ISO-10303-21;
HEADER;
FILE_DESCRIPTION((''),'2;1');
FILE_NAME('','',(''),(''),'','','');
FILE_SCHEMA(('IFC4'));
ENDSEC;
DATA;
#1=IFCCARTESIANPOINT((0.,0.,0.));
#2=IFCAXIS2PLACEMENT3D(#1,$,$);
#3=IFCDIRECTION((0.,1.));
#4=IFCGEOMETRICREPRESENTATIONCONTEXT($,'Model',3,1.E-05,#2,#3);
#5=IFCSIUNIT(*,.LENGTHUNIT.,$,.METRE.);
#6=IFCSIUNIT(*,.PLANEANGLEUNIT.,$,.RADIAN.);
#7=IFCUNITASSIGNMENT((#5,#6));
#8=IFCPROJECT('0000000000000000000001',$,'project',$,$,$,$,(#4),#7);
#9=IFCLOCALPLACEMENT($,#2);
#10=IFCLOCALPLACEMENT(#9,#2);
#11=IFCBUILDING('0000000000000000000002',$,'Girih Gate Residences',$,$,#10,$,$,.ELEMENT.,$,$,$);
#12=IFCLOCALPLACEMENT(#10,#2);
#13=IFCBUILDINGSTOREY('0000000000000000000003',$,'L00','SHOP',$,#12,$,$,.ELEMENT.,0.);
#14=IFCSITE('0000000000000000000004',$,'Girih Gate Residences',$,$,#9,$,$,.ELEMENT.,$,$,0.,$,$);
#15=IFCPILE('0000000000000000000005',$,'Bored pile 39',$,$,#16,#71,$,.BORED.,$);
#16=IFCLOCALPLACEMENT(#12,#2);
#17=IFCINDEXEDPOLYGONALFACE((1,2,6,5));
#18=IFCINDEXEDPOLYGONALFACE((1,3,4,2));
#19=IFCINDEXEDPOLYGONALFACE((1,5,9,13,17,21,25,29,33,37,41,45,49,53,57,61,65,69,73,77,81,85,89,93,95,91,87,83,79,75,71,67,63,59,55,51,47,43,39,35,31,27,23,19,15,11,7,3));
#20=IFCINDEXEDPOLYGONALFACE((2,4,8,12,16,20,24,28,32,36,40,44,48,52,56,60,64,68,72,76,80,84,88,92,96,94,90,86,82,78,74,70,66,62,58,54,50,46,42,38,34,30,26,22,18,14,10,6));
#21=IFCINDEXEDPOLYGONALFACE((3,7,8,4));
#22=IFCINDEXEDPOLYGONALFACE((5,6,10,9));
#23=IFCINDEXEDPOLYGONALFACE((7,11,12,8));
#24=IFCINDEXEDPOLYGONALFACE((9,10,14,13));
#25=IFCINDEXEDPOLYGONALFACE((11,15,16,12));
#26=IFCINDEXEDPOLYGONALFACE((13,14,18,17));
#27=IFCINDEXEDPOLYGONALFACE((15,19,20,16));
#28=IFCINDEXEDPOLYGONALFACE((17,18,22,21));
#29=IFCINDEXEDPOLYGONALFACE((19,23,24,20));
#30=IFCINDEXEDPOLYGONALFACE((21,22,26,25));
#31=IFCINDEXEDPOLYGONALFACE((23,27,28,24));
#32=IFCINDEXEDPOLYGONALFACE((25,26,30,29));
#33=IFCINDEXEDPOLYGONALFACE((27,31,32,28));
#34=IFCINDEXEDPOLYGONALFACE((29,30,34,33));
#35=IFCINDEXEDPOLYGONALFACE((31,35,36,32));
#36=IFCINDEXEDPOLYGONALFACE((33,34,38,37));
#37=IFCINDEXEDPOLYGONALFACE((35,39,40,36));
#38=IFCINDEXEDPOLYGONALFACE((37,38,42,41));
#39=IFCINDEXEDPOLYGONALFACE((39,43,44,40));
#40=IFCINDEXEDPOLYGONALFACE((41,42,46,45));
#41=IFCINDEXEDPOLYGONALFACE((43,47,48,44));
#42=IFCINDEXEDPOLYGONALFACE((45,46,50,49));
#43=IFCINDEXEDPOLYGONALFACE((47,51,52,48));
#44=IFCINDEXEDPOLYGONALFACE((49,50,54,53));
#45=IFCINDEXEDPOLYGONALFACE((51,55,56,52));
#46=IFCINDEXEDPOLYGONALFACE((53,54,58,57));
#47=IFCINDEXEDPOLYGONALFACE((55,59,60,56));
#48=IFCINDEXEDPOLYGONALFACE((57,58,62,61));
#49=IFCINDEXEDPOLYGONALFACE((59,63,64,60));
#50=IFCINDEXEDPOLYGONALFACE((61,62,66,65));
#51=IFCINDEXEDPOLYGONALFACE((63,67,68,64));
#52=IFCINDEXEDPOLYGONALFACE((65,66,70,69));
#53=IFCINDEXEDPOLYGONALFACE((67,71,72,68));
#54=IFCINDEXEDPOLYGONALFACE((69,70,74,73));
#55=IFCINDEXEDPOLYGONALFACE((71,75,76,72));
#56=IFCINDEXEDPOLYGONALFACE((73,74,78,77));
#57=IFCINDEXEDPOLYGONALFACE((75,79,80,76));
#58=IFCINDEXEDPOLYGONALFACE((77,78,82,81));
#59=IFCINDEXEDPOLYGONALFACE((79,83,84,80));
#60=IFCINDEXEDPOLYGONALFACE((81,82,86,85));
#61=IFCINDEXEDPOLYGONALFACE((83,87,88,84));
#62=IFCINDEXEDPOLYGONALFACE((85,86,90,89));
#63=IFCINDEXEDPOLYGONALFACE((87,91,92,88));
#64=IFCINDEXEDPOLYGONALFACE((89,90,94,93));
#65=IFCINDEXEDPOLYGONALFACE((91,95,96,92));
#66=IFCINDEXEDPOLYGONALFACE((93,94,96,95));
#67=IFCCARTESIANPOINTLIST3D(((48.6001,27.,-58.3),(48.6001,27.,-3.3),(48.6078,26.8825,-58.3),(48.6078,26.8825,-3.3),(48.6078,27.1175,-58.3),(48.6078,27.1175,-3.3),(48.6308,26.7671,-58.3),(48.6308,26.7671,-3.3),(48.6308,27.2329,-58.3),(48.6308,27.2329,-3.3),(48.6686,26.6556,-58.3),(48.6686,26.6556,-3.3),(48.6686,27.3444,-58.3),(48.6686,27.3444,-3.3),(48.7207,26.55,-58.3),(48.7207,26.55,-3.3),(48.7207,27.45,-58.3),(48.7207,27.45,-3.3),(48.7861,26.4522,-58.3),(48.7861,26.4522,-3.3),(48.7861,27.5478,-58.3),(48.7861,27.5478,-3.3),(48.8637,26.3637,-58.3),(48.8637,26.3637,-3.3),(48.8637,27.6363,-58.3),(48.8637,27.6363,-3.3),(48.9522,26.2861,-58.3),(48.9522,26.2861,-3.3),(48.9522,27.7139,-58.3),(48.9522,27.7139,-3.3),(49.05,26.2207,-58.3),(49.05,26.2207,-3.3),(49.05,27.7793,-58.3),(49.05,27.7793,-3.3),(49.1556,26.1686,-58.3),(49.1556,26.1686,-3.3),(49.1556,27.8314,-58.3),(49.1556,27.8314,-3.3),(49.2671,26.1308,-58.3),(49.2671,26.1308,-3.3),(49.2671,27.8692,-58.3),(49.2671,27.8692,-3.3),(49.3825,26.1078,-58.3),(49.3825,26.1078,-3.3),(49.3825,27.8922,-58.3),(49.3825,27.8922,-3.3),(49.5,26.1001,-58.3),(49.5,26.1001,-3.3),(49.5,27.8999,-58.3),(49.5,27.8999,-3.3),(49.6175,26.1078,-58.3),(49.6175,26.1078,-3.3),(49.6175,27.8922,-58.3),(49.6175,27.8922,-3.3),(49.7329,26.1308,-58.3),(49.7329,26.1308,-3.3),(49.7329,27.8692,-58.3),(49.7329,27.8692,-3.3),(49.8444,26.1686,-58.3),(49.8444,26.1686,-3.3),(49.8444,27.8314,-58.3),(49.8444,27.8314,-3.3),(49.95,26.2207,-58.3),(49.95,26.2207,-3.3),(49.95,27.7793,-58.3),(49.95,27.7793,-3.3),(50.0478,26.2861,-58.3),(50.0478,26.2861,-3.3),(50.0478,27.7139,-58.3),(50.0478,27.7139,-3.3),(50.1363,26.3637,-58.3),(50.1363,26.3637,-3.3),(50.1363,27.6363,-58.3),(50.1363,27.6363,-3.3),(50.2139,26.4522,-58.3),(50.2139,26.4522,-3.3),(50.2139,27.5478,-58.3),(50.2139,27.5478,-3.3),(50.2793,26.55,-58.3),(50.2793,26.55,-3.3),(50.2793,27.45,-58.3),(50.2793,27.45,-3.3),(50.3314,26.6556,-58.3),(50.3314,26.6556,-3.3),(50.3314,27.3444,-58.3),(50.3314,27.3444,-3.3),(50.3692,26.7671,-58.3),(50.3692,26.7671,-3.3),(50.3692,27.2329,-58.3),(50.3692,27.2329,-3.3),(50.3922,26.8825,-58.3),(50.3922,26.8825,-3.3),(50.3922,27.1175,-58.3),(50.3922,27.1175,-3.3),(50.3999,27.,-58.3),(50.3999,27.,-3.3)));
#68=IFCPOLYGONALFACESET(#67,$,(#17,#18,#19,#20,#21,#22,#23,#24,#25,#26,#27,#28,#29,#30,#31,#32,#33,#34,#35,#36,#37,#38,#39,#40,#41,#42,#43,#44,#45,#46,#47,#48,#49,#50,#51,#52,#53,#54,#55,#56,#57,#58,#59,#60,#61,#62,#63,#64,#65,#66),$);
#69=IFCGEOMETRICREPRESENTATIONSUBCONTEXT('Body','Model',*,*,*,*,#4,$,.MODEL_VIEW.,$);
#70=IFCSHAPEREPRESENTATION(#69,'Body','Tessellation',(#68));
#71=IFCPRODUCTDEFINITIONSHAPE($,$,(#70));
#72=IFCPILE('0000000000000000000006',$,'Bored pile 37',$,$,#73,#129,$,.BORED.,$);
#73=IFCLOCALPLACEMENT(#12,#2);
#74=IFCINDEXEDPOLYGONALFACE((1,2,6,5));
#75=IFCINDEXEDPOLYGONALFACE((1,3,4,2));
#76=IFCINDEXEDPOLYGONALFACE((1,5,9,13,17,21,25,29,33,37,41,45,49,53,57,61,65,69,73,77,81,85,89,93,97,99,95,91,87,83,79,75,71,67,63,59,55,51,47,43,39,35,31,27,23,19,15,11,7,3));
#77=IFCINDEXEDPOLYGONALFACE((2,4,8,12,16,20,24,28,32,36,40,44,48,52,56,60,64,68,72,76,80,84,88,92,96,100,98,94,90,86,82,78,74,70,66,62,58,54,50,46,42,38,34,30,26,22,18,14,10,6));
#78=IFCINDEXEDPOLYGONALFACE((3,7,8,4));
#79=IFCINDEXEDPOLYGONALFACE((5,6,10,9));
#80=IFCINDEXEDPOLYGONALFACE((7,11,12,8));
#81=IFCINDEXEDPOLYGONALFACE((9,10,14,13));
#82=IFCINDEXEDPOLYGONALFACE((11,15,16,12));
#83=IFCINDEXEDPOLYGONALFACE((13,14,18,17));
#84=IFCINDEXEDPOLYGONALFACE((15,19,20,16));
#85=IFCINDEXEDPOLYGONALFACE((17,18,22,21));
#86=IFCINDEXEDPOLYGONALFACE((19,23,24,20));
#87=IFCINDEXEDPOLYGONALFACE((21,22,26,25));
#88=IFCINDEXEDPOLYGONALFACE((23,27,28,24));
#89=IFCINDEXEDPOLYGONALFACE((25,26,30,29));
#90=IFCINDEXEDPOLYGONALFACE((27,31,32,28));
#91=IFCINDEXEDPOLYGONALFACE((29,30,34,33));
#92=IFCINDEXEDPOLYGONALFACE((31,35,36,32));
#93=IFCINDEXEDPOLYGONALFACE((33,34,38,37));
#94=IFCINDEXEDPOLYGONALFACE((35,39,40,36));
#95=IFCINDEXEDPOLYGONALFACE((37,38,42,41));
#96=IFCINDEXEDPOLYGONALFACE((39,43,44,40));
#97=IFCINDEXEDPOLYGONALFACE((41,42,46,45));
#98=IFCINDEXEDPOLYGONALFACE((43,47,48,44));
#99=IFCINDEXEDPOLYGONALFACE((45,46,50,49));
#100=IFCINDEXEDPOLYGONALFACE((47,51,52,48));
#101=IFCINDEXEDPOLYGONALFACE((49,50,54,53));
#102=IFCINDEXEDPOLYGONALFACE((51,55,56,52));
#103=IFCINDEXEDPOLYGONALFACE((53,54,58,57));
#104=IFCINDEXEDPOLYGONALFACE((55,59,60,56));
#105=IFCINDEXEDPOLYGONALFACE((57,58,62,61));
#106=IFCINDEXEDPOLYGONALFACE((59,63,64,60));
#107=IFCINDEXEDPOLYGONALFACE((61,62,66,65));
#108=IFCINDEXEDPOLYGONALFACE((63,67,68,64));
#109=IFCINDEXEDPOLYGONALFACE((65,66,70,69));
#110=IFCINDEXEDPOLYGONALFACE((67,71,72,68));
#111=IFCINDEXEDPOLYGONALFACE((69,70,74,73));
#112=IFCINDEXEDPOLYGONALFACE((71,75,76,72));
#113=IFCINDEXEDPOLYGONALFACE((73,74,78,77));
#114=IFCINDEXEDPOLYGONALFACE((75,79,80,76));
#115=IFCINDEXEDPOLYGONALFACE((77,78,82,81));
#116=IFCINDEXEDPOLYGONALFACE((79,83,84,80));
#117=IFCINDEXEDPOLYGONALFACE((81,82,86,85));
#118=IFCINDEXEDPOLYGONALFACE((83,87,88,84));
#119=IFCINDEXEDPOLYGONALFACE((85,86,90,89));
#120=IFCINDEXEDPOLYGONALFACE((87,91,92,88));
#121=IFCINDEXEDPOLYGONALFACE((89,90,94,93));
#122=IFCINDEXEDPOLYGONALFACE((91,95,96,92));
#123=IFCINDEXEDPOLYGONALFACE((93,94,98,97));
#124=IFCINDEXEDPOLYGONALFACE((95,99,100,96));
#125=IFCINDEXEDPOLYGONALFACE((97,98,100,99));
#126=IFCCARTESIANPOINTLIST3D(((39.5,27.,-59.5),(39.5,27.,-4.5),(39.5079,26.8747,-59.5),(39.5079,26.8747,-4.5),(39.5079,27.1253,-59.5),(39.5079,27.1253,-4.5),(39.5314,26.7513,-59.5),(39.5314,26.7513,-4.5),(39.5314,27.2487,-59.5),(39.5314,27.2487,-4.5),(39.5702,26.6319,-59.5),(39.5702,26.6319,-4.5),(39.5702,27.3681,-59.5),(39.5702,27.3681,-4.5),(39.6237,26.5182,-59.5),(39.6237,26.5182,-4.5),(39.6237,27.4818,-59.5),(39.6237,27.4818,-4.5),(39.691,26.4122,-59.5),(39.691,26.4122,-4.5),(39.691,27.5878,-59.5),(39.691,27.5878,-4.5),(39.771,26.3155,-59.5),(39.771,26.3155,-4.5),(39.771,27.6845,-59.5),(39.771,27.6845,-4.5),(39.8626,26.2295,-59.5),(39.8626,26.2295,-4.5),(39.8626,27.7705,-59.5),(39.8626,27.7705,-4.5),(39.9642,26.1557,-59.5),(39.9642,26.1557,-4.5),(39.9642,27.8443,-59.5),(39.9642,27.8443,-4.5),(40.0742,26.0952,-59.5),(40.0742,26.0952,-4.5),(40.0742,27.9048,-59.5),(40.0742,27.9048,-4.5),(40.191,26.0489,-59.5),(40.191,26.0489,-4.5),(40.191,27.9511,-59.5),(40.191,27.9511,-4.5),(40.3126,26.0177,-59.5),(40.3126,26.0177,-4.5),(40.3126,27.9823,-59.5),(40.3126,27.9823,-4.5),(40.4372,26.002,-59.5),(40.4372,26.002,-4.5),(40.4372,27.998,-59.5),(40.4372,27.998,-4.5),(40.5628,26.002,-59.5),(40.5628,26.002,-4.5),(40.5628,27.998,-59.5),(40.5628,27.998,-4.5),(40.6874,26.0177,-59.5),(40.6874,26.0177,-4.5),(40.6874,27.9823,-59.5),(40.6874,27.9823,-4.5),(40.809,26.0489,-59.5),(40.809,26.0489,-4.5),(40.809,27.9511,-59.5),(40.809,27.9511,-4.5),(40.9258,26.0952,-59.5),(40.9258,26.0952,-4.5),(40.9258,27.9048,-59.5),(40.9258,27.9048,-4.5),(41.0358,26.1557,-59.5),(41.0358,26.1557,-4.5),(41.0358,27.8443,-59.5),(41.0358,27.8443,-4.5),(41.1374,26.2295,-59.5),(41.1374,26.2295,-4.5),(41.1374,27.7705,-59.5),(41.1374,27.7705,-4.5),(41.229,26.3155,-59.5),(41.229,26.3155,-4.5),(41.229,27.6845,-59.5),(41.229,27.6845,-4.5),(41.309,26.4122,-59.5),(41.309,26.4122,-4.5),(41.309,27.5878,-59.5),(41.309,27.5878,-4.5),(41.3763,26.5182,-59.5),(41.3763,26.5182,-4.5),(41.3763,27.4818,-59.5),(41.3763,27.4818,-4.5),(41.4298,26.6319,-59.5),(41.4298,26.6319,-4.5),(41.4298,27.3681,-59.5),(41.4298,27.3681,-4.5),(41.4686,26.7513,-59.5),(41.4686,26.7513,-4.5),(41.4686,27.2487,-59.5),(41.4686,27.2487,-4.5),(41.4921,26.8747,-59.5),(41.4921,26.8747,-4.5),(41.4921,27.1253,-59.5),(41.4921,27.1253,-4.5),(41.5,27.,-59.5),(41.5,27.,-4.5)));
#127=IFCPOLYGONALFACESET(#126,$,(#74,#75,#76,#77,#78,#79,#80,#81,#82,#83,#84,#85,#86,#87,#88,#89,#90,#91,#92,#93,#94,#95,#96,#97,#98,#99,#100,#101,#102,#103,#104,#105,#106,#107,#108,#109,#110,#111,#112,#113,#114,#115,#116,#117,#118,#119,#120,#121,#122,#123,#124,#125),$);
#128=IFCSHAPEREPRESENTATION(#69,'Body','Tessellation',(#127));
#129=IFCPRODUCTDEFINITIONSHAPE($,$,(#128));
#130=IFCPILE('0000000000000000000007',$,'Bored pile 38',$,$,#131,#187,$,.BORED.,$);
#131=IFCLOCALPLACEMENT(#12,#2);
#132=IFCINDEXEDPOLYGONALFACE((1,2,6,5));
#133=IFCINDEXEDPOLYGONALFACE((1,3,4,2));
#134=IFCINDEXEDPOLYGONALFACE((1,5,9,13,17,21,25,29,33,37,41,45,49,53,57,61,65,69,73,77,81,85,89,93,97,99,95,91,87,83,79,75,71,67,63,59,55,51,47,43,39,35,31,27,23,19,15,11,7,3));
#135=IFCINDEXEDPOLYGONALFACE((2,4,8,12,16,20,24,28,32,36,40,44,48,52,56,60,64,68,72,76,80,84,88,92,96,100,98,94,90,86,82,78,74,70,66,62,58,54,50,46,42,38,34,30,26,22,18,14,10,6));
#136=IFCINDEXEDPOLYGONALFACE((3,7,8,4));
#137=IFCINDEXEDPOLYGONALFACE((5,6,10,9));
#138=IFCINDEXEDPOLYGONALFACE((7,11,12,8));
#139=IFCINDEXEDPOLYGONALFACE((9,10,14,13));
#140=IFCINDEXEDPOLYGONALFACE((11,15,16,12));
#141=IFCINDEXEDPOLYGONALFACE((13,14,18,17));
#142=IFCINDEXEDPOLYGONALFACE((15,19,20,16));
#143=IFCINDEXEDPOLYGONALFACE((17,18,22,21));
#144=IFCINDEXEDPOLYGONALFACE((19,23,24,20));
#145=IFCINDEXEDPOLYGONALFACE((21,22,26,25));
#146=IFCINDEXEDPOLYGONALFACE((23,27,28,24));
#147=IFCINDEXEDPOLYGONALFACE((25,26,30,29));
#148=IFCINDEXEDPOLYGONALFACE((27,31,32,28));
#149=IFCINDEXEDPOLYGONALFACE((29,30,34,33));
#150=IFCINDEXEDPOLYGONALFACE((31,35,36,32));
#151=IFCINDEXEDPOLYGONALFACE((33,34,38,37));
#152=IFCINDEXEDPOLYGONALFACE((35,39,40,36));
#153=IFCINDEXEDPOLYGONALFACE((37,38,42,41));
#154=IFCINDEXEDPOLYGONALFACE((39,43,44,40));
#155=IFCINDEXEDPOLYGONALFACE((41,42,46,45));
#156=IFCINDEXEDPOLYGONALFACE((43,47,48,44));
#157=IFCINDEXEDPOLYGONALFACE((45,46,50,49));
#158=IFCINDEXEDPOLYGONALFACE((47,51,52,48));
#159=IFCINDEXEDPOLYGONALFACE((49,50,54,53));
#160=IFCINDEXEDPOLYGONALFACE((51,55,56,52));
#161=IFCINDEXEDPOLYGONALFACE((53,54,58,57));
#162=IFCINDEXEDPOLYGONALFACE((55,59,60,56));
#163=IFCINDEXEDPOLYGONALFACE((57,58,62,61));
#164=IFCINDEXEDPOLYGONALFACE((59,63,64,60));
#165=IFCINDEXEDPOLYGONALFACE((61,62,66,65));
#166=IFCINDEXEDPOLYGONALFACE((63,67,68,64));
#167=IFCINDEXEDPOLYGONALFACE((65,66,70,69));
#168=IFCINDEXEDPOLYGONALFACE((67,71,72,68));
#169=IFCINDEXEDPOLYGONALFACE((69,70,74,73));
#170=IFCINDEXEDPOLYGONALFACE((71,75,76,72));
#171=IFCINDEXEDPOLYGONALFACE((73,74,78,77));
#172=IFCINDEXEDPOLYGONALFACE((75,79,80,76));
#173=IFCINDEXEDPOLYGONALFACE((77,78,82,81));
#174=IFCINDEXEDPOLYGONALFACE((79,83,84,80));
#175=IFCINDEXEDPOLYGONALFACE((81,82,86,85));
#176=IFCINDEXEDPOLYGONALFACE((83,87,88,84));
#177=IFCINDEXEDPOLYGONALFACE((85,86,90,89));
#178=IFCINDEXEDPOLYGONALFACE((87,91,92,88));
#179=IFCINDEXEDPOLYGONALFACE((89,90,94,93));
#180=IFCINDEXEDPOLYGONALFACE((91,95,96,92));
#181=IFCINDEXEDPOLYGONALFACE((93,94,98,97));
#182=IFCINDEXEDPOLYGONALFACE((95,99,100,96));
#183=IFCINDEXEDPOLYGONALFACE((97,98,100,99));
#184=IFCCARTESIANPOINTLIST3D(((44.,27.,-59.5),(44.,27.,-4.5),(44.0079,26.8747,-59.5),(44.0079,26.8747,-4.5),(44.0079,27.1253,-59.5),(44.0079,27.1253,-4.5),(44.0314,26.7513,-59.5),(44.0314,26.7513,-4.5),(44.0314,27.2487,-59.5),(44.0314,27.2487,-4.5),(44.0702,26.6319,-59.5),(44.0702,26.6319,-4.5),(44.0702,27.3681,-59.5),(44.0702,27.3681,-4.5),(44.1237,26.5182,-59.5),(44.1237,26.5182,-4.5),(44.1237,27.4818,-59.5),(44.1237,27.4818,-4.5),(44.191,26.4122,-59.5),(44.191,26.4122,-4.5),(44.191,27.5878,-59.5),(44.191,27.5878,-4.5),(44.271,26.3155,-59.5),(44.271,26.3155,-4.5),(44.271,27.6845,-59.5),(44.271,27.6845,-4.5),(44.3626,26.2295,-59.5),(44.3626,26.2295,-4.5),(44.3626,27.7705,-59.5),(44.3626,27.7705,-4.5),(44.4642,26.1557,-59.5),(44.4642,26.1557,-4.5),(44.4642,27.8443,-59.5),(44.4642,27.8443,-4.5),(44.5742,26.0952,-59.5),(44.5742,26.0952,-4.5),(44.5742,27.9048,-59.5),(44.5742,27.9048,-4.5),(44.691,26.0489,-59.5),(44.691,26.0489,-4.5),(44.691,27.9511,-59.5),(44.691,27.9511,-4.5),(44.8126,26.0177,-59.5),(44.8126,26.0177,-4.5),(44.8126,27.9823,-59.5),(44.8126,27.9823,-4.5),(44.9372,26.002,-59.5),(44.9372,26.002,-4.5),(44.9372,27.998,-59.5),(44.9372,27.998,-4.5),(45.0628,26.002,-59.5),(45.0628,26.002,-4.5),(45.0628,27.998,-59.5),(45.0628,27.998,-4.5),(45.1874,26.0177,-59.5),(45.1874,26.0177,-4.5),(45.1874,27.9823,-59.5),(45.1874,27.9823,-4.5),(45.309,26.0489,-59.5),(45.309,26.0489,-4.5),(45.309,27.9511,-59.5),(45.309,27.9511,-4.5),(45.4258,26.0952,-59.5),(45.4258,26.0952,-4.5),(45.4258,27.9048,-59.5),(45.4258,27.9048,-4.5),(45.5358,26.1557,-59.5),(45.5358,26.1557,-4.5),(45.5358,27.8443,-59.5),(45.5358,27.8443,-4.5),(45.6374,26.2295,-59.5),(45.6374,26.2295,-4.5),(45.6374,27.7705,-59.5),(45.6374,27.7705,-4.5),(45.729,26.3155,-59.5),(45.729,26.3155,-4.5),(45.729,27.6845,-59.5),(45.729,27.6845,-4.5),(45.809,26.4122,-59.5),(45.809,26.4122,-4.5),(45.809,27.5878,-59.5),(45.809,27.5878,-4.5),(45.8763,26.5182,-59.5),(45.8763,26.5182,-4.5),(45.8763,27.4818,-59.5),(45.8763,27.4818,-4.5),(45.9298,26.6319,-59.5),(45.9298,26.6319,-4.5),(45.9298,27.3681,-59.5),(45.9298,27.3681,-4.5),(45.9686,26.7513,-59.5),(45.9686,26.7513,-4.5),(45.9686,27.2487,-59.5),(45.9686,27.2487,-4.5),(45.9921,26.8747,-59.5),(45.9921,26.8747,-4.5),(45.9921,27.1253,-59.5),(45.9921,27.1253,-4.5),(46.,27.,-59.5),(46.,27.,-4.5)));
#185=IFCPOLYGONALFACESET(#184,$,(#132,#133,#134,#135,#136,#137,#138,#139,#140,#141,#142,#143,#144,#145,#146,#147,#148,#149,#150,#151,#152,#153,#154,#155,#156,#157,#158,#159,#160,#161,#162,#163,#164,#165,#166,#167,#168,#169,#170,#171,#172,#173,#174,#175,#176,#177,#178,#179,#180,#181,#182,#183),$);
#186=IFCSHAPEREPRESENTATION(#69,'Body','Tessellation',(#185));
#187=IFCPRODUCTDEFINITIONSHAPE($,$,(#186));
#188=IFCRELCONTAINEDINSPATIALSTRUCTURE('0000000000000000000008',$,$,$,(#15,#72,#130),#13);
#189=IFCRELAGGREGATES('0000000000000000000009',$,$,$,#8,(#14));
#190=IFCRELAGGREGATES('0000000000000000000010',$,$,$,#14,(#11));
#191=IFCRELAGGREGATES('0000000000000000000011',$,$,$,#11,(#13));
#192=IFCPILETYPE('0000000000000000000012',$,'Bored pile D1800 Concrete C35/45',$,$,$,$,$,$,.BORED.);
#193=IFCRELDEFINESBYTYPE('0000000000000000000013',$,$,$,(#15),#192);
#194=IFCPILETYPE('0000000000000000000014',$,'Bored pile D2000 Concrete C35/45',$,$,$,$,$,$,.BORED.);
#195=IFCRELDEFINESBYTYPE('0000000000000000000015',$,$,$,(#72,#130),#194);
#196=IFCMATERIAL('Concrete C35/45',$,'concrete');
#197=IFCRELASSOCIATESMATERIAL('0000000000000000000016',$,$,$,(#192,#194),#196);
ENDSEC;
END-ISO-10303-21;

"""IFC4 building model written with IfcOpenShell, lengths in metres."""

from ifc_helpers import new_model, si_unit, direction, frame, origin, origin_2d, place, context, subcontext, project, spatial, circle, extrude, material, material_profile, profile_set, type_object, element, save


model = new_model("IFC4")

# Units and contexts
model_context = context("Model", 3, precision=1e-05, world=origin(), true_north=direction((0.0, 1.0)))
body_context = subcontext(model_context, "Body", "Model", "MODEL_VIEW")
ifc_project = project(units=[si_unit("LENGTHUNIT", "METRE"), si_unit("PLANEANGLEUNIT", "RADIAN")], contexts=[model_context])

# Site, building, storey
site_placement = place(None, origin())
site = spatial("IfcSite", under=ifc_project, at=site_placement, Name="Girih Gate Residences", CompositionType="ELEMENT", RefElevation=0.0)
building_placement = place(site_placement, origin())
building = spatial("IfcBuilding", under=site, at=building_placement, Name="Girih Gate Residences", CompositionType="ELEMENT")
storey_placement = place(building_placement, origin())
storey = spatial("IfcBuildingStorey", under=building, at=storey_placement, Name="L00", Description="SHOP", CompositionType="ELEMENT", Elevation=0.0)

# Piles
ifc_material_1 = material(Name="Concrete C35/45", Category="concrete")
ifc_material_profile_1 = material_profile(ifc_material_1, circle(Radius=0.8999, at=origin_2d()))
ifc_profile_set_1 = profile_set([ifc_material_profile_1], Name="Concrete C35/45")
pile_type_1 = type_object("IfcPileType", Name="Bored pile D1800 Concrete C35/45", PredefinedType="BORED", material=ifc_profile_set_1)
for number, where, z_axis, x_axis, name in (
    (1, (49.5, 27.0, -3.3), (0.0, 0.0, -1.0), (1.0, 0.0, 0.0), "Bored pile 39"),
):
    element("IfcPile", number, at=place(storey_placement, frame(where, z_axis=z_axis, x_axis=x_axis)), inside=storey, type_object=pile_type_1, Name=name, PredefinedType="BORED", context=body_context, shape_type="SweptSolid", body=[
        extrude(circle(Radius=0.8999, at=origin_2d()), origin(), (0.0, 0.0, 1.0), 55.0),
    ])
ifc_material_profile_2 = material_profile(ifc_material_1, circle(Radius=1.0, at=origin_2d()))
ifc_profile_set_2 = profile_set([ifc_material_profile_2], Name="Concrete C35/45")
pile_type_2 = type_object("IfcPileType", Name="Bored pile D2000 Concrete C35/45", PredefinedType="BORED", material=ifc_profile_set_2)
for number, where, z_axis, x_axis, name in (
    (2, (40.5, 27.0, -4.5), (0.0, 0.0, -1.0), (1.0, 0.0, 0.0), "Bored pile 37"),
    (3, (45.0, 27.0, -4.5), (0.0, 0.0, -1.0), (1.0, 0.0, 0.0), "Bored pile 38"),
):
    element("IfcPile", number, at=place(storey_placement, frame(where, z_axis=z_axis, x_axis=x_axis)), inside=storey, type_object=pile_type_2, Name=name, PredefinedType="BORED", context=body_context, shape_type="SweptSolid", body=[
        extrude(circle(Radius=1.0, at=origin_2d()), origin(), (0.0, 0.0, 1.0), 55.0),
    ])

save(model, "model.ifc")
